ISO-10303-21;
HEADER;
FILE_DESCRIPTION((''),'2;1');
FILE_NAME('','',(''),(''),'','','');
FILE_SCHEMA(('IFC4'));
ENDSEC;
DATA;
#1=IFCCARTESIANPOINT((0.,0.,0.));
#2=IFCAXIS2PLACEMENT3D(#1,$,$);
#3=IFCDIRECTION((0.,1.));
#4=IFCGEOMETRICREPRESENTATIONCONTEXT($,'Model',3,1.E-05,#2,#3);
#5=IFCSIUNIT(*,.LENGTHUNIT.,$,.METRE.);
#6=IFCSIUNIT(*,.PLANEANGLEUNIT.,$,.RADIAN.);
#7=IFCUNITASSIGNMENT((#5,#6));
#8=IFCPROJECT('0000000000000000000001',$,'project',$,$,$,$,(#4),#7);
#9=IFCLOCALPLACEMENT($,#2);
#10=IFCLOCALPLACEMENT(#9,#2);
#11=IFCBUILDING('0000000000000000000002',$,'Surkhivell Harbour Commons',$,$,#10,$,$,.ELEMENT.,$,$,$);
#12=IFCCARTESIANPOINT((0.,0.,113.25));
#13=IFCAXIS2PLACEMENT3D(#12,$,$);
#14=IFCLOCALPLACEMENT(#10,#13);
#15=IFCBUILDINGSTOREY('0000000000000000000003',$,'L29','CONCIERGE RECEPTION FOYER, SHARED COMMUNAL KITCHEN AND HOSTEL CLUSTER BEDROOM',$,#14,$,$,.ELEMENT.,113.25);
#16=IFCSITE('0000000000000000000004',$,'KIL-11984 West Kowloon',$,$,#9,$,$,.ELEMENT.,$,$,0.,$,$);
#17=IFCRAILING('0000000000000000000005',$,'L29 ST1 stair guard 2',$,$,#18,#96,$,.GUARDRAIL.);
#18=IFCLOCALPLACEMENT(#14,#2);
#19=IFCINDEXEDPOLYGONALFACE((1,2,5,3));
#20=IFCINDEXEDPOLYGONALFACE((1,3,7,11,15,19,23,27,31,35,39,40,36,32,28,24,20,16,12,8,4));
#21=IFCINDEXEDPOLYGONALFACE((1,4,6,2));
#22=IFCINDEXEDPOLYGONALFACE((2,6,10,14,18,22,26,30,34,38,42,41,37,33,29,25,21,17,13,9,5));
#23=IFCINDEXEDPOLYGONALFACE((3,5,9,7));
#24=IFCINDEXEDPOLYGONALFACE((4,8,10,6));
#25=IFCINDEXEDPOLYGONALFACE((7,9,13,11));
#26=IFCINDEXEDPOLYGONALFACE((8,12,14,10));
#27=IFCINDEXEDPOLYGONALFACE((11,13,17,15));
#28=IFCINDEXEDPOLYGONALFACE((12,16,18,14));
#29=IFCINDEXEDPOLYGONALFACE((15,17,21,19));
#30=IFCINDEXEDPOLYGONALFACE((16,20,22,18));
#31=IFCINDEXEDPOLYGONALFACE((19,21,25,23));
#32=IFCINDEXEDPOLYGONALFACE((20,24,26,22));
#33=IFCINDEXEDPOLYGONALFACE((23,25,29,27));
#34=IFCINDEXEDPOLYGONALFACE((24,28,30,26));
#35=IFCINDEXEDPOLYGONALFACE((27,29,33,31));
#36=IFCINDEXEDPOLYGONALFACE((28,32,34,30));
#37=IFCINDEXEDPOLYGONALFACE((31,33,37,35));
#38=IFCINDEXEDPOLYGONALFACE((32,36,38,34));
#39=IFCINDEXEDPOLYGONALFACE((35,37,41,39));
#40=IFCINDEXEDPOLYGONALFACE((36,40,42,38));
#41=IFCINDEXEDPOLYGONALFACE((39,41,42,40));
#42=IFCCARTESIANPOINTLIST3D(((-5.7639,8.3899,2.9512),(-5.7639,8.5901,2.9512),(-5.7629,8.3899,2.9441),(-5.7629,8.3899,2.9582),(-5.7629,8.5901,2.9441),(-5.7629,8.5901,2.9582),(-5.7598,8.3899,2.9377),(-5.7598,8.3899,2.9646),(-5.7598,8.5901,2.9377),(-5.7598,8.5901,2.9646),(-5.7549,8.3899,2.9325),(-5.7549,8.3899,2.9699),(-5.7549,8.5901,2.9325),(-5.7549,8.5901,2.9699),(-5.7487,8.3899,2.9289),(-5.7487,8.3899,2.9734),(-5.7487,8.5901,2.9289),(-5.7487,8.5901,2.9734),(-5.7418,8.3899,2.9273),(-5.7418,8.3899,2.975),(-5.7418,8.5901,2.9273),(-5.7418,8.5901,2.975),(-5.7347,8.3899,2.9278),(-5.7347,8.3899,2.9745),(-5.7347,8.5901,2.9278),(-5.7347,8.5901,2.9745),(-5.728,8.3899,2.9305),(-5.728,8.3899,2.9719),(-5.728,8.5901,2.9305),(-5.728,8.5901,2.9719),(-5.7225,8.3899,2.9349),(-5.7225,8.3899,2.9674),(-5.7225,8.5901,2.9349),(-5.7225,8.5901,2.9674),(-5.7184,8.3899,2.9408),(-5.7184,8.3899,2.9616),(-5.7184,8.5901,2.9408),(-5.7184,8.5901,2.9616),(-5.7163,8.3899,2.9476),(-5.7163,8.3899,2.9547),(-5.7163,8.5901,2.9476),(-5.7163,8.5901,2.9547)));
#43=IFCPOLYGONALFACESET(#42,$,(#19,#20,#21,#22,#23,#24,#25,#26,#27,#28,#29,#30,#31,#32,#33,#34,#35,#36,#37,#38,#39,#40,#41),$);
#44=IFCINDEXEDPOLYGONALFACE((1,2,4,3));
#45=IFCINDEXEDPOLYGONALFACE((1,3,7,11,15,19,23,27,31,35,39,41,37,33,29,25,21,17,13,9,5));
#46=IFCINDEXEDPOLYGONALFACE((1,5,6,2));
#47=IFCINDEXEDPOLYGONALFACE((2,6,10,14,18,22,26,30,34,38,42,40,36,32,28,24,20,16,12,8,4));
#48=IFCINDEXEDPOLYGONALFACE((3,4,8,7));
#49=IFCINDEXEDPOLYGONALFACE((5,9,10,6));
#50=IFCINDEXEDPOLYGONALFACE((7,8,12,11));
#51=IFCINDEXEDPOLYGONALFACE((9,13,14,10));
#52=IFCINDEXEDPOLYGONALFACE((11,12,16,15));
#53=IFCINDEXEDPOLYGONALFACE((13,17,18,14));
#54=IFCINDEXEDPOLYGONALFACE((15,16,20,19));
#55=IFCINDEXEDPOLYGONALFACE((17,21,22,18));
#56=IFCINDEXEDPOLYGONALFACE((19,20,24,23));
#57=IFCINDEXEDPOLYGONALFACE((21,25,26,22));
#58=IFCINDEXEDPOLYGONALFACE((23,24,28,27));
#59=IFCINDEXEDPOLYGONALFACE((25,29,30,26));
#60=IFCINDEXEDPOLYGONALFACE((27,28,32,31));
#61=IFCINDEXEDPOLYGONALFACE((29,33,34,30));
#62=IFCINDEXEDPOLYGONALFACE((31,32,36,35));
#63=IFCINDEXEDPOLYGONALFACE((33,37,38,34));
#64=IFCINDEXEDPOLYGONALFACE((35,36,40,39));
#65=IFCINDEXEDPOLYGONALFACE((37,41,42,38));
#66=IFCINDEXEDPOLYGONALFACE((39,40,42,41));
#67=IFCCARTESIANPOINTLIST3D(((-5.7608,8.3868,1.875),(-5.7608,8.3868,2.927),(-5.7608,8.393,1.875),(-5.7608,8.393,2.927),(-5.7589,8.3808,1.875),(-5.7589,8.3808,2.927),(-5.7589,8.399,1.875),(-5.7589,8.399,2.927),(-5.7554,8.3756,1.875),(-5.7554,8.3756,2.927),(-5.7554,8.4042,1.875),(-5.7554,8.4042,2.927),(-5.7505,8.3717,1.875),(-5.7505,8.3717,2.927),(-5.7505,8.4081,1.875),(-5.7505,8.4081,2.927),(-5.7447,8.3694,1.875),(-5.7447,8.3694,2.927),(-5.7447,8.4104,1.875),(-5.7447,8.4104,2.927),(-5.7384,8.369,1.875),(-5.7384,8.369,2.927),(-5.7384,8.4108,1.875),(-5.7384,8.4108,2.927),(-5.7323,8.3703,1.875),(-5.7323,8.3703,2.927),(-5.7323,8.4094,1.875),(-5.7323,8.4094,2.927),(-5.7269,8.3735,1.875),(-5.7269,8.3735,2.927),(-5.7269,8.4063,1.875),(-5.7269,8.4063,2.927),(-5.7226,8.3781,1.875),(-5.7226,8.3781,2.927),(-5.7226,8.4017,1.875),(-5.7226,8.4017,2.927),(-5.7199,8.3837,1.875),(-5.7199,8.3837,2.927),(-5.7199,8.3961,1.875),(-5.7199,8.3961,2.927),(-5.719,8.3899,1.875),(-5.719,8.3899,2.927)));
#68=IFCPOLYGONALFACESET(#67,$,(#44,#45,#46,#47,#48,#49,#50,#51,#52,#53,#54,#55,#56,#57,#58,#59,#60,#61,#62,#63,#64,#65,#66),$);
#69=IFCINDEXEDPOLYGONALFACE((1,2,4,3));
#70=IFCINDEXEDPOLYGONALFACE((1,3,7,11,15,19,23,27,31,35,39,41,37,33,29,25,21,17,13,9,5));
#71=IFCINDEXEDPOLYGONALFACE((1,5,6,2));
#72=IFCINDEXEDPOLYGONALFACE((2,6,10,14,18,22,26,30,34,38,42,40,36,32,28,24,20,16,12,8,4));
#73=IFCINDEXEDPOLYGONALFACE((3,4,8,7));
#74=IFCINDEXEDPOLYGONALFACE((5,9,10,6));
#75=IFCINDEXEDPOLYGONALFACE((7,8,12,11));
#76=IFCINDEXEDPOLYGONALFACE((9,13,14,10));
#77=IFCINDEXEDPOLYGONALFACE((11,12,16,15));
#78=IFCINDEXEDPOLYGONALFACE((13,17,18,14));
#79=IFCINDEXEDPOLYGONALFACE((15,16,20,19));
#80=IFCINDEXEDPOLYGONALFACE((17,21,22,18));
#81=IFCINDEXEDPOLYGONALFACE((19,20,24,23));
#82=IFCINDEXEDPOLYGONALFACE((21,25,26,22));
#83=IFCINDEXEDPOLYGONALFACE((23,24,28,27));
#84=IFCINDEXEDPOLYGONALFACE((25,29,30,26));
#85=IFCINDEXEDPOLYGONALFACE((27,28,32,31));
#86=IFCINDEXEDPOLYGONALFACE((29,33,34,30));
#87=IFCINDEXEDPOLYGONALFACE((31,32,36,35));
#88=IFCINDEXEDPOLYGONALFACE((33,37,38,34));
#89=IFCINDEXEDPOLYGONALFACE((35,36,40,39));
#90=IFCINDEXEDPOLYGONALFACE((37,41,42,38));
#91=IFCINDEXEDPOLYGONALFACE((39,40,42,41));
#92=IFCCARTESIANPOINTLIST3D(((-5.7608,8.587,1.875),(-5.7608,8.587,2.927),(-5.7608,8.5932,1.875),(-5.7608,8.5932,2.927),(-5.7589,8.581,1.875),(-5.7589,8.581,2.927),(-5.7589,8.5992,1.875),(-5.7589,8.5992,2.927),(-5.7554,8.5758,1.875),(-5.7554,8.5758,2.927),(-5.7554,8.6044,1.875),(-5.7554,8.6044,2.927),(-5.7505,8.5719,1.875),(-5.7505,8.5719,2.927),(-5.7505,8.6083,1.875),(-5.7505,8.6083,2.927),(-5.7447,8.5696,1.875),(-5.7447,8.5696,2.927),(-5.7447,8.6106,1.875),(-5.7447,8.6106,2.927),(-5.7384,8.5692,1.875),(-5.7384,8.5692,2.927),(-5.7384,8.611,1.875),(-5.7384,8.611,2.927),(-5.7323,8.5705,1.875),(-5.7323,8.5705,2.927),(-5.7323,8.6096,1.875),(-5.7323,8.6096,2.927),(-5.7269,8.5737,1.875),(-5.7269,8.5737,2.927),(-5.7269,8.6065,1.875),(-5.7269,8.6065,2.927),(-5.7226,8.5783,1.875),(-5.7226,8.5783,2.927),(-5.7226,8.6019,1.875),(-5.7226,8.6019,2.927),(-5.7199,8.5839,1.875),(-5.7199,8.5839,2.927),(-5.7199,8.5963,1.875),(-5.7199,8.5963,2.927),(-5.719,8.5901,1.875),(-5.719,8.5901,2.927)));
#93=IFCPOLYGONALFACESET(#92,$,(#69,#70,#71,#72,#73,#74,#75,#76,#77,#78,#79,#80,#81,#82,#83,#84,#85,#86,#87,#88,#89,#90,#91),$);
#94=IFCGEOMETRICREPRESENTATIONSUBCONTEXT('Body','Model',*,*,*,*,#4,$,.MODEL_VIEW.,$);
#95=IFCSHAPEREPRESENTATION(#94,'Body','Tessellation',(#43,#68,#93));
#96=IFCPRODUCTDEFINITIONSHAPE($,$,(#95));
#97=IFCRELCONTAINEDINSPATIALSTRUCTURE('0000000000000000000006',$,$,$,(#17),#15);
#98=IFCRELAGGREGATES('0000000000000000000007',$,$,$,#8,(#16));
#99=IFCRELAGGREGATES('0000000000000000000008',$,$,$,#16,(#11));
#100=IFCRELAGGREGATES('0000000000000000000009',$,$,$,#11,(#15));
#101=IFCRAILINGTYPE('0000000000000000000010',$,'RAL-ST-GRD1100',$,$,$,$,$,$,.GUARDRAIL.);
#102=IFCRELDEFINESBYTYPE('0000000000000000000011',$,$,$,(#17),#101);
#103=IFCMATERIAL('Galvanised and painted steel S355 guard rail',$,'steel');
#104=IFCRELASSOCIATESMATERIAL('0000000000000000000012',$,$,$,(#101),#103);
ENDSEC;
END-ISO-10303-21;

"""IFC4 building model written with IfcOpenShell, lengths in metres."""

from ifc_helpers import new_model, si_unit, direction, frame, origin, origin_2d, place, context, subcontext, project, spatial, circle, extrude, material, type_object, element, save


model = new_model("IFC4")

# Units and contexts
model_context = context("Model", 3, precision=1e-05, world=origin(), true_north=direction((0.0, 1.0)))
body_context = subcontext(model_context, "Body", "Model", "MODEL_VIEW")
ifc_project = project(units=[si_unit("LENGTHUNIT", "METRE"), si_unit("PLANEANGLEUNIT", "RADIAN")], contexts=[model_context])

# Site, building, storey
site_placement = place(None, origin())
site = spatial("IfcSite", under=ifc_project, at=site_placement, Name="KIL-11984 West Kowloon", CompositionType="ELEMENT", RefElevation=0.0)
building_placement = place(site_placement, origin())
building = spatial("IfcBuilding", under=site, at=building_placement, Name="Surkhivell Harbour Commons", CompositionType="ELEMENT")
storey_placement = place(building_placement, frame((0.0, 0.0, 113.25)))
storey = spatial("IfcBuildingStorey", under=building, at=storey_placement, Name="L29", Description="CONCIERGE RECEPTION FOYER, SHARED COMMUNAL KITCHEN AND HOSTEL CLUSTER BEDROOM", CompositionType="ELEMENT", Elevation=113.25)

# Railing
ifc_material_1 = material(Name="Galvanised and painted steel S355 guard rail", Category="steel")
railing_type_1 = type_object("IfcRailingType", Name="RAL-ST-GRD1100", PredefinedType="GUARDRAIL", material=ifc_material_1)
railing_1_placement = place(storey_placement, frame((-5.74, 8.3899, 1.875)))
element("IfcRailing", 1, at=railing_1_placement, inside=storey, type_object=railing_type_1, Name="L29 ST1 stair guard 2", PredefinedType="GUARDRAIL", context=body_context, shape_type="SweptSolid", body=[
    extrude(circle(Radius=0.0239, at=origin_2d()), frame((0.0, 0.0, 1.0762), z_axis=(0.0, 1.0, 0.0), x_axis=(-1.0, 0.0, 0.0)), (0.0, 0.0, 1.0), 0.2002),
    extrude(circle(Radius=0.021, at=origin_2d()), origin(), (0.0, 0.0, 1.0), 1.052),
    extrude(circle(Radius=0.021, at=origin_2d()), frame((0.0, 0.2002, 0.0)), (0.0, 0.0, 1.0), 1.052),
])

save(model, "model.ifc")
